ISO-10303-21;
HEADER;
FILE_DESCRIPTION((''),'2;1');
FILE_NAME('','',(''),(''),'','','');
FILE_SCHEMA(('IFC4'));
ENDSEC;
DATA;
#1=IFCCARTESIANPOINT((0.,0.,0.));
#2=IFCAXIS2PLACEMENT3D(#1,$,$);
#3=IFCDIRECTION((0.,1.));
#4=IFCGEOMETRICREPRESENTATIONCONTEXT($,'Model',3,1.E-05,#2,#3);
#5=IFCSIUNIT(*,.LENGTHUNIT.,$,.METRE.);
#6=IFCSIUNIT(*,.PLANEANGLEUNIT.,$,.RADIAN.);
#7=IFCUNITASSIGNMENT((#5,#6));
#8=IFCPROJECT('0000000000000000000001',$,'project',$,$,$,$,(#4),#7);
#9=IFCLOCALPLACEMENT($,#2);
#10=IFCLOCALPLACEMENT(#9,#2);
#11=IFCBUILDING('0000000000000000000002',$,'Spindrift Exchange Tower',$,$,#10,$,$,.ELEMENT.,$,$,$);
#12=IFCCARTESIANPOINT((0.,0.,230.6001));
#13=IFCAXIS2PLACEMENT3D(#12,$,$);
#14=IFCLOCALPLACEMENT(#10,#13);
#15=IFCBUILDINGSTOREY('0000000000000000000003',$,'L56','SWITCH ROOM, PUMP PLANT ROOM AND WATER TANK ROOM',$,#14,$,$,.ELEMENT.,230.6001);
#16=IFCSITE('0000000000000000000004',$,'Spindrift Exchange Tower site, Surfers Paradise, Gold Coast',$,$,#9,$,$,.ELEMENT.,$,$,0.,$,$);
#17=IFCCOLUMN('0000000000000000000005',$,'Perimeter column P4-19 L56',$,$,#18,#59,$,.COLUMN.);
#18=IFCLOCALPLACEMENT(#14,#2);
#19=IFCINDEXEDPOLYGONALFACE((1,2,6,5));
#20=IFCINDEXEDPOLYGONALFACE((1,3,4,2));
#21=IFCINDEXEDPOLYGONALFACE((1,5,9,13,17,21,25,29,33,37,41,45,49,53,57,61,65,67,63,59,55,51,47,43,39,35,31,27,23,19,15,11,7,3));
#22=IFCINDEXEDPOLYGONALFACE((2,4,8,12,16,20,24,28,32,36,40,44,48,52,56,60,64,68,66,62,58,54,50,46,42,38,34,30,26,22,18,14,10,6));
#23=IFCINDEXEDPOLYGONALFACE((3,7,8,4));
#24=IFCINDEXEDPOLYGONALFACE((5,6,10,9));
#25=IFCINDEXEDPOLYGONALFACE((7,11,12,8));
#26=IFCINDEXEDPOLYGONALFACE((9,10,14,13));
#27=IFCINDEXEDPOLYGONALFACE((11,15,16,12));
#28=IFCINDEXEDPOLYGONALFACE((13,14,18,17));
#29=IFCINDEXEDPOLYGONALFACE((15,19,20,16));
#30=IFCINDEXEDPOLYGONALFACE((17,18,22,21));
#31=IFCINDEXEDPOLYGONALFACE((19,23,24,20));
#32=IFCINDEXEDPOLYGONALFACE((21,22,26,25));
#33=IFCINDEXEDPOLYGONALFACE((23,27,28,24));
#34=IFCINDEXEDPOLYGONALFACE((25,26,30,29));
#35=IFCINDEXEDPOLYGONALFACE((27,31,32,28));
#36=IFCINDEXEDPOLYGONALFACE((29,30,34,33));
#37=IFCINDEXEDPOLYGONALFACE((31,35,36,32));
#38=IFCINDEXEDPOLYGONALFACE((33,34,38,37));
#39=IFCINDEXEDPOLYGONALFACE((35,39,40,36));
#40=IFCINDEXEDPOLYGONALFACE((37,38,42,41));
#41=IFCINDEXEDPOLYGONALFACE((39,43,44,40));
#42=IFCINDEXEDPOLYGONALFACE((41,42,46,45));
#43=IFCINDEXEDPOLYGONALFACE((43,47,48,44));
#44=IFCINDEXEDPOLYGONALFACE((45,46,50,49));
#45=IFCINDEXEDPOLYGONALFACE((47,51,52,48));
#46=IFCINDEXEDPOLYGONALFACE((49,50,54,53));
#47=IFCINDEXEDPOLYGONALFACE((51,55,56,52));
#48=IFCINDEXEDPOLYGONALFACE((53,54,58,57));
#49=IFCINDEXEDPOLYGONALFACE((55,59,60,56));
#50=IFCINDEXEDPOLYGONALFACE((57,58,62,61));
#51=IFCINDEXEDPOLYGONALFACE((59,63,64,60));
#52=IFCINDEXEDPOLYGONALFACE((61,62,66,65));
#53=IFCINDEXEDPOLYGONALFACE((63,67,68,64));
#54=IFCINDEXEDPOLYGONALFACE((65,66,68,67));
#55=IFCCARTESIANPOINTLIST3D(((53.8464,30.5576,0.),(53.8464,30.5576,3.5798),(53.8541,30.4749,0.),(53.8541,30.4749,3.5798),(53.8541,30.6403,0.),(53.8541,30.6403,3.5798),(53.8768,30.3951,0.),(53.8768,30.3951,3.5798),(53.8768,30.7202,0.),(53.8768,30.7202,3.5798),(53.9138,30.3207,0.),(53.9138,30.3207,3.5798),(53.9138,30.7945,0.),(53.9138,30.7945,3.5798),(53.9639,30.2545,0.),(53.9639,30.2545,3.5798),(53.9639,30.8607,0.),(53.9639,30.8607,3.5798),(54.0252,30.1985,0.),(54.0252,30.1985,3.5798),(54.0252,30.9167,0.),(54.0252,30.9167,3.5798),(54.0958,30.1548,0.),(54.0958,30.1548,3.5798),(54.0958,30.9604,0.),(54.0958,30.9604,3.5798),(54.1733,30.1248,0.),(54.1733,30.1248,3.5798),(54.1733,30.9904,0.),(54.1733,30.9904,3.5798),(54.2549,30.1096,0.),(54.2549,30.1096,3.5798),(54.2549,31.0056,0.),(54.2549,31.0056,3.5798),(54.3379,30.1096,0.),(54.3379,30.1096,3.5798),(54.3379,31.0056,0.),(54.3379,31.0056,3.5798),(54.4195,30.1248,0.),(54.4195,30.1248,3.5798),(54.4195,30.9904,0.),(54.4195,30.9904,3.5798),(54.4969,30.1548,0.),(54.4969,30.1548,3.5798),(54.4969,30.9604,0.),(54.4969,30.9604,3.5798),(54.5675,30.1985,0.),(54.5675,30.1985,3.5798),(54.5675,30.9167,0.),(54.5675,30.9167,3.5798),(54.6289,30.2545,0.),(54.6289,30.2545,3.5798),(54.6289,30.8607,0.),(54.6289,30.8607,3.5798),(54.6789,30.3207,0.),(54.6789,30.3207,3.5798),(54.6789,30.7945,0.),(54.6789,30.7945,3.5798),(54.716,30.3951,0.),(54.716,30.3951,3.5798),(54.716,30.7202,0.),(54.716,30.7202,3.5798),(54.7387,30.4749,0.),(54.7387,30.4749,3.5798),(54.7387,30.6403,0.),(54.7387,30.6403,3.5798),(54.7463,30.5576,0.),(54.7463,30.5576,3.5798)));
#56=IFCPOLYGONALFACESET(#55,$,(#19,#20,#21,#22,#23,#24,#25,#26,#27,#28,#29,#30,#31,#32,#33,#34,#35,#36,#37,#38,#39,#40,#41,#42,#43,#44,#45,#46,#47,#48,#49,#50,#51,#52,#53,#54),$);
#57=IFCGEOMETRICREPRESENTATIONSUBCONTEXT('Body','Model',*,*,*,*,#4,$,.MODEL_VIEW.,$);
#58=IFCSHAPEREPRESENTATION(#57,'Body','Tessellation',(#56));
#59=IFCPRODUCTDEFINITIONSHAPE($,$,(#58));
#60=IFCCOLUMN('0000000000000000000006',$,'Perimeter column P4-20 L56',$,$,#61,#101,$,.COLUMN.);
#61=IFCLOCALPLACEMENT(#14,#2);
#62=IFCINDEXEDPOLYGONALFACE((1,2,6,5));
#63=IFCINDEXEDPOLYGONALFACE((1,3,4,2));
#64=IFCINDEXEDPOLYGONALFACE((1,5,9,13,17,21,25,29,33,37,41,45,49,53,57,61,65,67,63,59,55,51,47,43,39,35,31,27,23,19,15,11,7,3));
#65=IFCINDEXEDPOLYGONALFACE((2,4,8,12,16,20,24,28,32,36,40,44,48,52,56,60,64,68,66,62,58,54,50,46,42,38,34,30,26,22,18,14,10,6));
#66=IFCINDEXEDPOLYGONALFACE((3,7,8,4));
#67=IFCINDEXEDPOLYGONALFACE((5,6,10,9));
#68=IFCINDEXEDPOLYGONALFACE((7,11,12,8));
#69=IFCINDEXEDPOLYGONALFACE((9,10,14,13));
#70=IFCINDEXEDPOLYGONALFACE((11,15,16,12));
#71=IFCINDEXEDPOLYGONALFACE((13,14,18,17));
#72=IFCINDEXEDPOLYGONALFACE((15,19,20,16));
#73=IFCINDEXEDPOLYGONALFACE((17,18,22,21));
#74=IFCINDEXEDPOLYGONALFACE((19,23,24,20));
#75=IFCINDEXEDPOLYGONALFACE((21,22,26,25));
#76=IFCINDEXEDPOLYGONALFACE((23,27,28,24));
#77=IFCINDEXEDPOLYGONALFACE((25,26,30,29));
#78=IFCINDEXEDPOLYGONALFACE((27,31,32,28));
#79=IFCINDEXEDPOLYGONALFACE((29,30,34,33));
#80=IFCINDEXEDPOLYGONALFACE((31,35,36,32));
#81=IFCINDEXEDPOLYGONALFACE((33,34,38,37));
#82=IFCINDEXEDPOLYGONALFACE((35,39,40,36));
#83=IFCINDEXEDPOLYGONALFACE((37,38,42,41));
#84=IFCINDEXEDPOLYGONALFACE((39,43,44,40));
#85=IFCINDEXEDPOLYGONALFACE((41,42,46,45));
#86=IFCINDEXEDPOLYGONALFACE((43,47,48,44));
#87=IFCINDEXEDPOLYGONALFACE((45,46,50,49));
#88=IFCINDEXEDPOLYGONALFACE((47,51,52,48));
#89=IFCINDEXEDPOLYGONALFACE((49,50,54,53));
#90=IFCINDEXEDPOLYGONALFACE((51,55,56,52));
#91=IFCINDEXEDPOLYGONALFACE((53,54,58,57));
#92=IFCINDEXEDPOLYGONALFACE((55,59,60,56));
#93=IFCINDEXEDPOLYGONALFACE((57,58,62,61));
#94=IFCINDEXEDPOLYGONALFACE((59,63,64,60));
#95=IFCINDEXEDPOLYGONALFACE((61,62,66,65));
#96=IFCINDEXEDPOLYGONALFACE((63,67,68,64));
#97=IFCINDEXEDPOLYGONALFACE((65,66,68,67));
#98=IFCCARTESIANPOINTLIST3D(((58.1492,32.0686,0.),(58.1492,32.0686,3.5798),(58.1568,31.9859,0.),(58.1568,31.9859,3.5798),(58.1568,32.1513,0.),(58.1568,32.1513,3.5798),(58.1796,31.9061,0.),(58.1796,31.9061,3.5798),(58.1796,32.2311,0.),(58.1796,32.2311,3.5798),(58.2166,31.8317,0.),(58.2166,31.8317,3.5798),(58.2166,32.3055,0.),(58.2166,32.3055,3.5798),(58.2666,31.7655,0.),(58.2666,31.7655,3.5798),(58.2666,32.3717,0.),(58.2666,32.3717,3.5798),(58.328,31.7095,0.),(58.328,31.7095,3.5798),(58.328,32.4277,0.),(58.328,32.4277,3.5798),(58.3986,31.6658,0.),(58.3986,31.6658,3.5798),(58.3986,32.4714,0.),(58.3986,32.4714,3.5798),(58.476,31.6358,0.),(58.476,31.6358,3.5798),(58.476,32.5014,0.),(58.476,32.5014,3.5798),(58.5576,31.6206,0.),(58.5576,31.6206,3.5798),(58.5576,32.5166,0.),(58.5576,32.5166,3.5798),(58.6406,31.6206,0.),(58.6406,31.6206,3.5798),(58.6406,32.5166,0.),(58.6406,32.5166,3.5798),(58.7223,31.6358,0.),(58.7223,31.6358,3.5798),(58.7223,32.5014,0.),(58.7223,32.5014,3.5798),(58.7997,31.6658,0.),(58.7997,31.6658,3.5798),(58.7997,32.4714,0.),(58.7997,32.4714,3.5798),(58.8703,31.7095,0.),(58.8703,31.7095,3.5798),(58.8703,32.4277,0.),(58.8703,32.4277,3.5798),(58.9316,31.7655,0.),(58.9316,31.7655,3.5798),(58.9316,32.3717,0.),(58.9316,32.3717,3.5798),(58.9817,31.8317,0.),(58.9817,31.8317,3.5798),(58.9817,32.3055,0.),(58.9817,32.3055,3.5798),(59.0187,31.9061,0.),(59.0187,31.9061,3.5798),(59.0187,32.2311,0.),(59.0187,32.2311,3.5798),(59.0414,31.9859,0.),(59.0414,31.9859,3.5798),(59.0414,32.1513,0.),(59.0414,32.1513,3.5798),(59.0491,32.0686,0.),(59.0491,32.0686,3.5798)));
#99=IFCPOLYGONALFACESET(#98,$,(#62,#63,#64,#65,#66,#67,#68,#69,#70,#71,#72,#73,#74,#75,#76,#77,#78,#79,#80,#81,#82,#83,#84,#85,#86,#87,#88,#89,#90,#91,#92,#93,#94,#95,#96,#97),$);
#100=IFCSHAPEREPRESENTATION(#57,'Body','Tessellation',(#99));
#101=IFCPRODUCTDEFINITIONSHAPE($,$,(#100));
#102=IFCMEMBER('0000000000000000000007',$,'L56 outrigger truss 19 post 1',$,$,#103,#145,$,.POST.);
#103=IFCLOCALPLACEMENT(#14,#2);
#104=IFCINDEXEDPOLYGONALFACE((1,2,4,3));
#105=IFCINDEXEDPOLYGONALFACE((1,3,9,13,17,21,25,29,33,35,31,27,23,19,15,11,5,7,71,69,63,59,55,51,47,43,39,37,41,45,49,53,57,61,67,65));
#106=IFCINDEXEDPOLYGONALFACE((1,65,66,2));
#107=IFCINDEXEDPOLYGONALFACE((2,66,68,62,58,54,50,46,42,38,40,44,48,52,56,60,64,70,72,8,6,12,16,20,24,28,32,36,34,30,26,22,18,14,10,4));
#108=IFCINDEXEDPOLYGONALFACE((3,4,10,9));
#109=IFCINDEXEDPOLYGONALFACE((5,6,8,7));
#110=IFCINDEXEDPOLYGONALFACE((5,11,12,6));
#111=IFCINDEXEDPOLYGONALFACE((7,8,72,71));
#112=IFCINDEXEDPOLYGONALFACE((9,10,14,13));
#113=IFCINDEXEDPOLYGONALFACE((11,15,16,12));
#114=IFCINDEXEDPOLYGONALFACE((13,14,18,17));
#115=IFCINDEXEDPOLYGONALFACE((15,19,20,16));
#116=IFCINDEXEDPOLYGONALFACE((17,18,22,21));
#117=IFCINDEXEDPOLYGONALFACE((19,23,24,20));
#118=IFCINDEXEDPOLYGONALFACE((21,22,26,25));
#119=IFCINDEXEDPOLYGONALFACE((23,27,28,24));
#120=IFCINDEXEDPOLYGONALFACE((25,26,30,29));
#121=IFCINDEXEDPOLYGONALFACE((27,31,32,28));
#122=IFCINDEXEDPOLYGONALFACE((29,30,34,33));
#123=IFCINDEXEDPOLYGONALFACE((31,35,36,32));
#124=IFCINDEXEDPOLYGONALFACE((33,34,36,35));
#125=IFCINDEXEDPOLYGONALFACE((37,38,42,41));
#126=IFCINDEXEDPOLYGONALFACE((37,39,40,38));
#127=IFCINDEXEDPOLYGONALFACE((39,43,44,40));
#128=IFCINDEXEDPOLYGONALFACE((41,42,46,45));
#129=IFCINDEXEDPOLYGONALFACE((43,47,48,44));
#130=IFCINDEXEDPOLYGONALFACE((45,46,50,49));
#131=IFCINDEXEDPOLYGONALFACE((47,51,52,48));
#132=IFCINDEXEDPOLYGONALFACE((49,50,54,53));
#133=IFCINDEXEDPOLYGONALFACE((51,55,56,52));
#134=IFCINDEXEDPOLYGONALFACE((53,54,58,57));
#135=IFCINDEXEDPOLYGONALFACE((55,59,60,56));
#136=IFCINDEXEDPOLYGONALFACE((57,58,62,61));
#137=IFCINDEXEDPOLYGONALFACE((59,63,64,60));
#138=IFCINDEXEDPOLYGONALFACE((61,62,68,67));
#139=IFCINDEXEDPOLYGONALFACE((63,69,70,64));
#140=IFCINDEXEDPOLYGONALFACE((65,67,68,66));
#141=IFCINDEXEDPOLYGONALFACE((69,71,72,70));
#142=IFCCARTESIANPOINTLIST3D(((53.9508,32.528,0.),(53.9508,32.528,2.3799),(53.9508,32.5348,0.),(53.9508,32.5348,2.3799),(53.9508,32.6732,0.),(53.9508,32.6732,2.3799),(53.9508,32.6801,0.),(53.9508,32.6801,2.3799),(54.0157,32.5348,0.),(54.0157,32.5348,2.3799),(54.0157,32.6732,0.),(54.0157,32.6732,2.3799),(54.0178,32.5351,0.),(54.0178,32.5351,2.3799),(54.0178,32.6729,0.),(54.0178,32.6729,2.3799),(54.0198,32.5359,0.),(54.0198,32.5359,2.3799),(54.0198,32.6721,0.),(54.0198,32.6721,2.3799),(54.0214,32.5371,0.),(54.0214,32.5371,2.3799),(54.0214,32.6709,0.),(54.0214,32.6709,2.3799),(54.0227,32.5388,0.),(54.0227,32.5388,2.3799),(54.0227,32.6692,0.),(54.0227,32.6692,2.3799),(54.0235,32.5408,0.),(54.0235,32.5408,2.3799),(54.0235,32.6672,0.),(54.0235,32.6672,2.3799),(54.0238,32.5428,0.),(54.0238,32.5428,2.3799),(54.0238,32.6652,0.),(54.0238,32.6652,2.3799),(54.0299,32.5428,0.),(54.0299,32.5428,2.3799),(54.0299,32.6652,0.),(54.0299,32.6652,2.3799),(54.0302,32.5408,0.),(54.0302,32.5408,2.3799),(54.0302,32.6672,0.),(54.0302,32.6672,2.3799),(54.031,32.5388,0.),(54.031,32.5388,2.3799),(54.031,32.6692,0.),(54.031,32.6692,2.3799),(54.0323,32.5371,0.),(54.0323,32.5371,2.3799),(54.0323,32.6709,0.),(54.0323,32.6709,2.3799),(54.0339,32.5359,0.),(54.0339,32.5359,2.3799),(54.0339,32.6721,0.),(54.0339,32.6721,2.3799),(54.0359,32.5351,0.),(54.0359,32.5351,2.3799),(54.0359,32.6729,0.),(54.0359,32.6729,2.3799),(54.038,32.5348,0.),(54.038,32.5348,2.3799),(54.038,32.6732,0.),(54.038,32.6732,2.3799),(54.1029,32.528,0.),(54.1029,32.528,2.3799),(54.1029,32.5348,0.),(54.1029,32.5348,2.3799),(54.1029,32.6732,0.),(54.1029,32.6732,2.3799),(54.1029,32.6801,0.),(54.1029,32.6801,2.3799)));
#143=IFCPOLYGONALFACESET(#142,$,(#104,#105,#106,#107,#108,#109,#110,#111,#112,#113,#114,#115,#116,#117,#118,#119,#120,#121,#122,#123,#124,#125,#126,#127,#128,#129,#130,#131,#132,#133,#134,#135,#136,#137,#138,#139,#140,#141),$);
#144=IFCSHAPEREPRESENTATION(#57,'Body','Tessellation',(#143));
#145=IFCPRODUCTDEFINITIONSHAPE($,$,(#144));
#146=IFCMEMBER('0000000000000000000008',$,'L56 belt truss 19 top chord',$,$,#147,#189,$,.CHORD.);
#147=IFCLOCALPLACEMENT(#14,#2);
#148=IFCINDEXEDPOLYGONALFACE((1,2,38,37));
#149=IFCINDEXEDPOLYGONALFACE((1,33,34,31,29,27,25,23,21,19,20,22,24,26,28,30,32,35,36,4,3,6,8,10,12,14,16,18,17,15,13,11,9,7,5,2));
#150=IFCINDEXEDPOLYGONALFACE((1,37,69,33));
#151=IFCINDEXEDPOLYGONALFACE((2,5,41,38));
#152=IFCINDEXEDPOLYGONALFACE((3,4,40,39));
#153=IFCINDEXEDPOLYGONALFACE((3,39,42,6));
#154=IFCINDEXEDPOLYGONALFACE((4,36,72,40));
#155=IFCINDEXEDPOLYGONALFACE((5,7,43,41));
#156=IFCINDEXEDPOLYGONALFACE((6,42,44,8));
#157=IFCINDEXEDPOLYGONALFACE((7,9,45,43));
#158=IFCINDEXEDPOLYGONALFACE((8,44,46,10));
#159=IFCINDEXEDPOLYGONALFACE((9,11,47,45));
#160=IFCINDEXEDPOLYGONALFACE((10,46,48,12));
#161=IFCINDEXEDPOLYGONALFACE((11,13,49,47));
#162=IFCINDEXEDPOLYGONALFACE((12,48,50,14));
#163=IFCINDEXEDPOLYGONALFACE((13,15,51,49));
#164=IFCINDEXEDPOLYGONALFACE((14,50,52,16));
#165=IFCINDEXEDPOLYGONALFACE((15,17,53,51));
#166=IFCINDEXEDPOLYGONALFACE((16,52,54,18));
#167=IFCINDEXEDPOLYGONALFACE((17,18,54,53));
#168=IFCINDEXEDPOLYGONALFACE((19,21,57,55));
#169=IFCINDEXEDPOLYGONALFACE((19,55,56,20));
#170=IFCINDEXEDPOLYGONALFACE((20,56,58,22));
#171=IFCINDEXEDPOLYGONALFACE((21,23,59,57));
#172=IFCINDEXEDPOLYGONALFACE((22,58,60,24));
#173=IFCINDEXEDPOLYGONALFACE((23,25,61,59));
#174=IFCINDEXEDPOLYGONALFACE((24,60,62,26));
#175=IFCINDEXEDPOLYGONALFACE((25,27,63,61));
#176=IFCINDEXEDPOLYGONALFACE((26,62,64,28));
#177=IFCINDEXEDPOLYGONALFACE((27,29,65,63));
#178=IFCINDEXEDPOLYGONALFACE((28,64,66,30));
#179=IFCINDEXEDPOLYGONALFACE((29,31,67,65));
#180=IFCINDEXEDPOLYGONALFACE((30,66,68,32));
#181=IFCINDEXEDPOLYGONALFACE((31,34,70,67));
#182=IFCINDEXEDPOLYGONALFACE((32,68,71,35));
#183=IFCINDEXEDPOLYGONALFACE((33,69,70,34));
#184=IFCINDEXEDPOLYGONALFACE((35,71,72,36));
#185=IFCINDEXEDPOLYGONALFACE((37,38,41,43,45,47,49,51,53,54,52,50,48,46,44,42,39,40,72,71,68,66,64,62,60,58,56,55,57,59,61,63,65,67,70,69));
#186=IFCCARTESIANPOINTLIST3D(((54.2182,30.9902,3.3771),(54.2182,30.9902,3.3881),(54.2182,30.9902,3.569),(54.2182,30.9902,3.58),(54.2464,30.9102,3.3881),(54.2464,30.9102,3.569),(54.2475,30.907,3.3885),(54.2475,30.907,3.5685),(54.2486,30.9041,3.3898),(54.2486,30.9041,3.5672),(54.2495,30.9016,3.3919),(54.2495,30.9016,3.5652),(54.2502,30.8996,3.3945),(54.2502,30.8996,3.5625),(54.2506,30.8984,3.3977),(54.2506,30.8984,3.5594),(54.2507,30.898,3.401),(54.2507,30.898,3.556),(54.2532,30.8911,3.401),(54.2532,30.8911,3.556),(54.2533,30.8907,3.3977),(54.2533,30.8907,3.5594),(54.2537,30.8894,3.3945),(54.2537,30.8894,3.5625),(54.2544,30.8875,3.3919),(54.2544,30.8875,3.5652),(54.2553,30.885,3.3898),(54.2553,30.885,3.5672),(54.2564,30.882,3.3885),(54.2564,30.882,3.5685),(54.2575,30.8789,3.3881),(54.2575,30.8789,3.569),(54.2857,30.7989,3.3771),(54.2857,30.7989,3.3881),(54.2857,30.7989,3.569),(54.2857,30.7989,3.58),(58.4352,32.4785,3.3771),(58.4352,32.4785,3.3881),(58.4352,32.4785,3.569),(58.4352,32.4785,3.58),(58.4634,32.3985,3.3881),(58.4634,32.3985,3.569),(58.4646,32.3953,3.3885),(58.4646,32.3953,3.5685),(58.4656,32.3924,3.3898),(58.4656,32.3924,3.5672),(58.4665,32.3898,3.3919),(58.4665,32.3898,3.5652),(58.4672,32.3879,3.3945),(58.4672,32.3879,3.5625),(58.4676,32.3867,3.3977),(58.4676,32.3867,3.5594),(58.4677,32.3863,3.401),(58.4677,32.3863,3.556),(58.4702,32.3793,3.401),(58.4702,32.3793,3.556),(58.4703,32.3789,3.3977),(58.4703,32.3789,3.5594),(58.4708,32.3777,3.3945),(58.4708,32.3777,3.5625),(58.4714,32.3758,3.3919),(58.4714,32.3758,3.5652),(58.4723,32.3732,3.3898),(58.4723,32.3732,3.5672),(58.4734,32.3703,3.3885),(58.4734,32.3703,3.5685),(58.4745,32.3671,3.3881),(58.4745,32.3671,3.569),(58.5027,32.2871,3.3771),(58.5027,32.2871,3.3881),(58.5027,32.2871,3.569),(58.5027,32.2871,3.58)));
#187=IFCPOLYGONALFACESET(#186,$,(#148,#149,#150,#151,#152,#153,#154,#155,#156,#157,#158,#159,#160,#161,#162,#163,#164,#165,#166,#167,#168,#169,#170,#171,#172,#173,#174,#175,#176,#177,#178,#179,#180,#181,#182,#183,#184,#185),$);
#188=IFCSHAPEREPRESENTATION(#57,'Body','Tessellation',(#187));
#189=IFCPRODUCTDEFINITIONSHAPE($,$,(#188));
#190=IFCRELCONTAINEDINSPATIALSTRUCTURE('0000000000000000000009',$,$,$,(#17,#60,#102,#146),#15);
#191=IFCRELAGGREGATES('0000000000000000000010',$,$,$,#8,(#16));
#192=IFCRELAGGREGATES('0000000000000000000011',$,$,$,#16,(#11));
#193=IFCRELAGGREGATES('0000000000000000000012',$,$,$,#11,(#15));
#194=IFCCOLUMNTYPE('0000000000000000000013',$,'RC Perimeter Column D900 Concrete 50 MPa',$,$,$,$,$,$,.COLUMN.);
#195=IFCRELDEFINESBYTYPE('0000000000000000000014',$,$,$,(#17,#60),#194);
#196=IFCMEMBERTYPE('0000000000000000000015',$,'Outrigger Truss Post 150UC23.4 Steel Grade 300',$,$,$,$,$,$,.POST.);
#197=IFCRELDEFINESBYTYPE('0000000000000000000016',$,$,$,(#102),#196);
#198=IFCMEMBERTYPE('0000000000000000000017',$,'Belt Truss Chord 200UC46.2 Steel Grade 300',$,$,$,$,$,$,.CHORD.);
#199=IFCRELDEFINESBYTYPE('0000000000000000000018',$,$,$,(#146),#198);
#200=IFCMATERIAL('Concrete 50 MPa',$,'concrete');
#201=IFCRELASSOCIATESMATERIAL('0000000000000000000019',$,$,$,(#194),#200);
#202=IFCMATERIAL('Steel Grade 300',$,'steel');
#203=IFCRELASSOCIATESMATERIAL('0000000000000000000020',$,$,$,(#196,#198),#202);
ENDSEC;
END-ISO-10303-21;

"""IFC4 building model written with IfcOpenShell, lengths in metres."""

from ifc_helpers import new_model, si_unit, direction, frame, origin, origin_2d, place, context, subcontext, project, spatial, circle, i_section, extrude, source, transform, mapped, material, material_profile, profile_set, type_object, element, save


model = new_model("IFC4")

# Units and contexts
model_context = context("Model", 3, precision=1e-05, world=origin(), true_north=direction((0.0, 1.0)))
body_context = subcontext(model_context, "Body", "Model", "MODEL_VIEW")
ifc_project = project(units=[si_unit("LENGTHUNIT", "METRE"), si_unit("PLANEANGLEUNIT", "RADIAN")], contexts=[model_context])

# Site, building, storey
site_placement = place(None, origin())
site = spatial("IfcSite", under=ifc_project, at=site_placement, Name="Spindrift Exchange Tower site, Surfers Paradise, Gold Coast", CompositionType="ELEMENT", RefElevation=0.0)
building_placement = place(site_placement, origin())
building = spatial("IfcBuilding", under=site, at=building_placement, Name="Spindrift Exchange Tower", CompositionType="ELEMENT")
storey_placement = place(building_placement, frame((0.0, 0.0, 230.6001)))
storey = spatial("IfcBuildingStorey", under=building, at=storey_placement, Name="L56", Description="SWITCH ROOM, PUMP PLANT ROOM AND WATER TANK ROOM", CompositionType="ELEMENT", Elevation=230.6001)

# Columns
ifc_material_1 = material(Name="Concrete 50 MPa", Category="concrete")
ifc_material_profile_1 = material_profile(ifc_material_1, circle(Radius=0.45, at=origin_2d()), Name="RC D900")
ifc_profile_set_1 = profile_set([ifc_material_profile_1], Name="Concrete 50 MPa")
column_type = type_object("IfcColumnType", Name="RC Perimeter Column D900 Concrete 50 MPa", PredefinedType="COLUMN", material=ifc_profile_set_1)
shared_shape_1 = source(origin(), body_context, "Body", "SweptSolid", [
    extrude(circle(Radius=0.45, at=origin_2d()), origin(), (0.0, 0.0, 1.0), 3.5798),
])
for number, where, z_axis, x_axis, name in (
    (1, (54.2964, 30.5576, 0.0), (0.0, 0.0, 1.0), (1.0, 0.0, 0.0), "Perimeter column P4-19 L56"),
    (2, (58.5991, 32.0686, 0.0), (0.0, 0.0, 1.0), (1.0, 0.0, 0.0), "Perimeter column P4-20 L56"),
):
    element("IfcColumn", number, at=place(storey_placement, frame(where, z_axis=z_axis, x_axis=x_axis)), inside=storey, type_object=column_type, Name=name, PredefinedType="COLUMN", context=body_context, shape_type="MappedRepresentation", body=[
        mapped(shared_shape_1, transform((0.0, 0.0, 0.0), scale=1.0)),
    ])

# Members
ifc_material_2 = material(Name="Steel Grade 300", Category="steel")
ifc_material_profile_2 = material_profile(ifc_material_2, i_section(OverallWidth=0.1521, OverallDepth=0.1521, WebThickness=0.0061, FlangeThickness=0.0068, FilletRadius=0.0081, at=origin_2d()), Name="150UC23.4")
ifc_profile_set_2 = profile_set([ifc_material_profile_2], Name="Steel Grade 300")
member_type_1 = type_object("IfcMemberType", Name="Outrigger Truss Post 150UC23.4 Steel Grade 300", PredefinedType="POST", material=ifc_profile_set_2)
shared_shape_2 = source(origin(), body_context, "Body", "SweptSolid", [
    extrude(i_section(OverallWidth=0.1521, OverallDepth=0.1521, WebThickness=0.0061, FlangeThickness=0.0068, FilletRadius=0.0081, at=origin_2d()), origin(), (0.0, 0.0, 1.0), 2.3799),
])
member_1_placement = place(storey_placement, frame((54.0269, 32.604, 0.0), z_axis=(0.0, 0.0, 1.0), x_axis=(1.0, 0.0, 0.0)))
element("IfcMember", 3, at=member_1_placement, inside=storey, type_object=member_type_1, Name="L56 outrigger truss 19 post 1", PredefinedType="POST", context=body_context, shape_type="MappedRepresentation", body=[
    mapped(shared_shape_2, transform((0.0, 0.0, 0.0), scale=1.0)),
])
ifc_material_profile_3 = material_profile(ifc_material_2, i_section(OverallWidth=0.2029, OverallDepth=0.2029, WebThickness=0.0073, FlangeThickness=0.011, FilletRadius=0.0129, at=origin_2d()), Name="200UC46.2")
ifc_profile_set_3 = profile_set([ifc_material_profile_3], Name="Steel Grade 300")
member_type_2 = type_object("IfcMemberType", Name="Belt Truss Chord 200UC46.2 Steel Grade 300", PredefinedType="CHORD", material=ifc_profile_set_3)
shared_shape_3 = source(origin(), body_context, "Body", "SweptSolid", [
    extrude(i_section(OverallWidth=0.2029, OverallDepth=0.2029, WebThickness=0.0073, FlangeThickness=0.011, FilletRadius=0.0129, at=origin_2d()), origin(), (0.0, 0.0, 1.0), 4.4719),
])
for number, where, z_axis, x_axis, name in (
    (4, (54.252, 30.8945, 3.4785), (0.942996, 0.332803, 0.0), (-0.332803, 0.942996, 0.0), "L56 belt truss 19 top chord"),
):
    element("IfcMember", number, at=place(storey_placement, frame(where, z_axis=z_axis, x_axis=x_axis)), inside=storey, type_object=member_type_2, Name=name, PredefinedType="CHORD", context=body_context, shape_type="MappedRepresentation", body=[
        mapped(shared_shape_3, transform((0.0, 0.0, 0.0), scale=1.0)),
    ])

save(model, "model.ifc")
